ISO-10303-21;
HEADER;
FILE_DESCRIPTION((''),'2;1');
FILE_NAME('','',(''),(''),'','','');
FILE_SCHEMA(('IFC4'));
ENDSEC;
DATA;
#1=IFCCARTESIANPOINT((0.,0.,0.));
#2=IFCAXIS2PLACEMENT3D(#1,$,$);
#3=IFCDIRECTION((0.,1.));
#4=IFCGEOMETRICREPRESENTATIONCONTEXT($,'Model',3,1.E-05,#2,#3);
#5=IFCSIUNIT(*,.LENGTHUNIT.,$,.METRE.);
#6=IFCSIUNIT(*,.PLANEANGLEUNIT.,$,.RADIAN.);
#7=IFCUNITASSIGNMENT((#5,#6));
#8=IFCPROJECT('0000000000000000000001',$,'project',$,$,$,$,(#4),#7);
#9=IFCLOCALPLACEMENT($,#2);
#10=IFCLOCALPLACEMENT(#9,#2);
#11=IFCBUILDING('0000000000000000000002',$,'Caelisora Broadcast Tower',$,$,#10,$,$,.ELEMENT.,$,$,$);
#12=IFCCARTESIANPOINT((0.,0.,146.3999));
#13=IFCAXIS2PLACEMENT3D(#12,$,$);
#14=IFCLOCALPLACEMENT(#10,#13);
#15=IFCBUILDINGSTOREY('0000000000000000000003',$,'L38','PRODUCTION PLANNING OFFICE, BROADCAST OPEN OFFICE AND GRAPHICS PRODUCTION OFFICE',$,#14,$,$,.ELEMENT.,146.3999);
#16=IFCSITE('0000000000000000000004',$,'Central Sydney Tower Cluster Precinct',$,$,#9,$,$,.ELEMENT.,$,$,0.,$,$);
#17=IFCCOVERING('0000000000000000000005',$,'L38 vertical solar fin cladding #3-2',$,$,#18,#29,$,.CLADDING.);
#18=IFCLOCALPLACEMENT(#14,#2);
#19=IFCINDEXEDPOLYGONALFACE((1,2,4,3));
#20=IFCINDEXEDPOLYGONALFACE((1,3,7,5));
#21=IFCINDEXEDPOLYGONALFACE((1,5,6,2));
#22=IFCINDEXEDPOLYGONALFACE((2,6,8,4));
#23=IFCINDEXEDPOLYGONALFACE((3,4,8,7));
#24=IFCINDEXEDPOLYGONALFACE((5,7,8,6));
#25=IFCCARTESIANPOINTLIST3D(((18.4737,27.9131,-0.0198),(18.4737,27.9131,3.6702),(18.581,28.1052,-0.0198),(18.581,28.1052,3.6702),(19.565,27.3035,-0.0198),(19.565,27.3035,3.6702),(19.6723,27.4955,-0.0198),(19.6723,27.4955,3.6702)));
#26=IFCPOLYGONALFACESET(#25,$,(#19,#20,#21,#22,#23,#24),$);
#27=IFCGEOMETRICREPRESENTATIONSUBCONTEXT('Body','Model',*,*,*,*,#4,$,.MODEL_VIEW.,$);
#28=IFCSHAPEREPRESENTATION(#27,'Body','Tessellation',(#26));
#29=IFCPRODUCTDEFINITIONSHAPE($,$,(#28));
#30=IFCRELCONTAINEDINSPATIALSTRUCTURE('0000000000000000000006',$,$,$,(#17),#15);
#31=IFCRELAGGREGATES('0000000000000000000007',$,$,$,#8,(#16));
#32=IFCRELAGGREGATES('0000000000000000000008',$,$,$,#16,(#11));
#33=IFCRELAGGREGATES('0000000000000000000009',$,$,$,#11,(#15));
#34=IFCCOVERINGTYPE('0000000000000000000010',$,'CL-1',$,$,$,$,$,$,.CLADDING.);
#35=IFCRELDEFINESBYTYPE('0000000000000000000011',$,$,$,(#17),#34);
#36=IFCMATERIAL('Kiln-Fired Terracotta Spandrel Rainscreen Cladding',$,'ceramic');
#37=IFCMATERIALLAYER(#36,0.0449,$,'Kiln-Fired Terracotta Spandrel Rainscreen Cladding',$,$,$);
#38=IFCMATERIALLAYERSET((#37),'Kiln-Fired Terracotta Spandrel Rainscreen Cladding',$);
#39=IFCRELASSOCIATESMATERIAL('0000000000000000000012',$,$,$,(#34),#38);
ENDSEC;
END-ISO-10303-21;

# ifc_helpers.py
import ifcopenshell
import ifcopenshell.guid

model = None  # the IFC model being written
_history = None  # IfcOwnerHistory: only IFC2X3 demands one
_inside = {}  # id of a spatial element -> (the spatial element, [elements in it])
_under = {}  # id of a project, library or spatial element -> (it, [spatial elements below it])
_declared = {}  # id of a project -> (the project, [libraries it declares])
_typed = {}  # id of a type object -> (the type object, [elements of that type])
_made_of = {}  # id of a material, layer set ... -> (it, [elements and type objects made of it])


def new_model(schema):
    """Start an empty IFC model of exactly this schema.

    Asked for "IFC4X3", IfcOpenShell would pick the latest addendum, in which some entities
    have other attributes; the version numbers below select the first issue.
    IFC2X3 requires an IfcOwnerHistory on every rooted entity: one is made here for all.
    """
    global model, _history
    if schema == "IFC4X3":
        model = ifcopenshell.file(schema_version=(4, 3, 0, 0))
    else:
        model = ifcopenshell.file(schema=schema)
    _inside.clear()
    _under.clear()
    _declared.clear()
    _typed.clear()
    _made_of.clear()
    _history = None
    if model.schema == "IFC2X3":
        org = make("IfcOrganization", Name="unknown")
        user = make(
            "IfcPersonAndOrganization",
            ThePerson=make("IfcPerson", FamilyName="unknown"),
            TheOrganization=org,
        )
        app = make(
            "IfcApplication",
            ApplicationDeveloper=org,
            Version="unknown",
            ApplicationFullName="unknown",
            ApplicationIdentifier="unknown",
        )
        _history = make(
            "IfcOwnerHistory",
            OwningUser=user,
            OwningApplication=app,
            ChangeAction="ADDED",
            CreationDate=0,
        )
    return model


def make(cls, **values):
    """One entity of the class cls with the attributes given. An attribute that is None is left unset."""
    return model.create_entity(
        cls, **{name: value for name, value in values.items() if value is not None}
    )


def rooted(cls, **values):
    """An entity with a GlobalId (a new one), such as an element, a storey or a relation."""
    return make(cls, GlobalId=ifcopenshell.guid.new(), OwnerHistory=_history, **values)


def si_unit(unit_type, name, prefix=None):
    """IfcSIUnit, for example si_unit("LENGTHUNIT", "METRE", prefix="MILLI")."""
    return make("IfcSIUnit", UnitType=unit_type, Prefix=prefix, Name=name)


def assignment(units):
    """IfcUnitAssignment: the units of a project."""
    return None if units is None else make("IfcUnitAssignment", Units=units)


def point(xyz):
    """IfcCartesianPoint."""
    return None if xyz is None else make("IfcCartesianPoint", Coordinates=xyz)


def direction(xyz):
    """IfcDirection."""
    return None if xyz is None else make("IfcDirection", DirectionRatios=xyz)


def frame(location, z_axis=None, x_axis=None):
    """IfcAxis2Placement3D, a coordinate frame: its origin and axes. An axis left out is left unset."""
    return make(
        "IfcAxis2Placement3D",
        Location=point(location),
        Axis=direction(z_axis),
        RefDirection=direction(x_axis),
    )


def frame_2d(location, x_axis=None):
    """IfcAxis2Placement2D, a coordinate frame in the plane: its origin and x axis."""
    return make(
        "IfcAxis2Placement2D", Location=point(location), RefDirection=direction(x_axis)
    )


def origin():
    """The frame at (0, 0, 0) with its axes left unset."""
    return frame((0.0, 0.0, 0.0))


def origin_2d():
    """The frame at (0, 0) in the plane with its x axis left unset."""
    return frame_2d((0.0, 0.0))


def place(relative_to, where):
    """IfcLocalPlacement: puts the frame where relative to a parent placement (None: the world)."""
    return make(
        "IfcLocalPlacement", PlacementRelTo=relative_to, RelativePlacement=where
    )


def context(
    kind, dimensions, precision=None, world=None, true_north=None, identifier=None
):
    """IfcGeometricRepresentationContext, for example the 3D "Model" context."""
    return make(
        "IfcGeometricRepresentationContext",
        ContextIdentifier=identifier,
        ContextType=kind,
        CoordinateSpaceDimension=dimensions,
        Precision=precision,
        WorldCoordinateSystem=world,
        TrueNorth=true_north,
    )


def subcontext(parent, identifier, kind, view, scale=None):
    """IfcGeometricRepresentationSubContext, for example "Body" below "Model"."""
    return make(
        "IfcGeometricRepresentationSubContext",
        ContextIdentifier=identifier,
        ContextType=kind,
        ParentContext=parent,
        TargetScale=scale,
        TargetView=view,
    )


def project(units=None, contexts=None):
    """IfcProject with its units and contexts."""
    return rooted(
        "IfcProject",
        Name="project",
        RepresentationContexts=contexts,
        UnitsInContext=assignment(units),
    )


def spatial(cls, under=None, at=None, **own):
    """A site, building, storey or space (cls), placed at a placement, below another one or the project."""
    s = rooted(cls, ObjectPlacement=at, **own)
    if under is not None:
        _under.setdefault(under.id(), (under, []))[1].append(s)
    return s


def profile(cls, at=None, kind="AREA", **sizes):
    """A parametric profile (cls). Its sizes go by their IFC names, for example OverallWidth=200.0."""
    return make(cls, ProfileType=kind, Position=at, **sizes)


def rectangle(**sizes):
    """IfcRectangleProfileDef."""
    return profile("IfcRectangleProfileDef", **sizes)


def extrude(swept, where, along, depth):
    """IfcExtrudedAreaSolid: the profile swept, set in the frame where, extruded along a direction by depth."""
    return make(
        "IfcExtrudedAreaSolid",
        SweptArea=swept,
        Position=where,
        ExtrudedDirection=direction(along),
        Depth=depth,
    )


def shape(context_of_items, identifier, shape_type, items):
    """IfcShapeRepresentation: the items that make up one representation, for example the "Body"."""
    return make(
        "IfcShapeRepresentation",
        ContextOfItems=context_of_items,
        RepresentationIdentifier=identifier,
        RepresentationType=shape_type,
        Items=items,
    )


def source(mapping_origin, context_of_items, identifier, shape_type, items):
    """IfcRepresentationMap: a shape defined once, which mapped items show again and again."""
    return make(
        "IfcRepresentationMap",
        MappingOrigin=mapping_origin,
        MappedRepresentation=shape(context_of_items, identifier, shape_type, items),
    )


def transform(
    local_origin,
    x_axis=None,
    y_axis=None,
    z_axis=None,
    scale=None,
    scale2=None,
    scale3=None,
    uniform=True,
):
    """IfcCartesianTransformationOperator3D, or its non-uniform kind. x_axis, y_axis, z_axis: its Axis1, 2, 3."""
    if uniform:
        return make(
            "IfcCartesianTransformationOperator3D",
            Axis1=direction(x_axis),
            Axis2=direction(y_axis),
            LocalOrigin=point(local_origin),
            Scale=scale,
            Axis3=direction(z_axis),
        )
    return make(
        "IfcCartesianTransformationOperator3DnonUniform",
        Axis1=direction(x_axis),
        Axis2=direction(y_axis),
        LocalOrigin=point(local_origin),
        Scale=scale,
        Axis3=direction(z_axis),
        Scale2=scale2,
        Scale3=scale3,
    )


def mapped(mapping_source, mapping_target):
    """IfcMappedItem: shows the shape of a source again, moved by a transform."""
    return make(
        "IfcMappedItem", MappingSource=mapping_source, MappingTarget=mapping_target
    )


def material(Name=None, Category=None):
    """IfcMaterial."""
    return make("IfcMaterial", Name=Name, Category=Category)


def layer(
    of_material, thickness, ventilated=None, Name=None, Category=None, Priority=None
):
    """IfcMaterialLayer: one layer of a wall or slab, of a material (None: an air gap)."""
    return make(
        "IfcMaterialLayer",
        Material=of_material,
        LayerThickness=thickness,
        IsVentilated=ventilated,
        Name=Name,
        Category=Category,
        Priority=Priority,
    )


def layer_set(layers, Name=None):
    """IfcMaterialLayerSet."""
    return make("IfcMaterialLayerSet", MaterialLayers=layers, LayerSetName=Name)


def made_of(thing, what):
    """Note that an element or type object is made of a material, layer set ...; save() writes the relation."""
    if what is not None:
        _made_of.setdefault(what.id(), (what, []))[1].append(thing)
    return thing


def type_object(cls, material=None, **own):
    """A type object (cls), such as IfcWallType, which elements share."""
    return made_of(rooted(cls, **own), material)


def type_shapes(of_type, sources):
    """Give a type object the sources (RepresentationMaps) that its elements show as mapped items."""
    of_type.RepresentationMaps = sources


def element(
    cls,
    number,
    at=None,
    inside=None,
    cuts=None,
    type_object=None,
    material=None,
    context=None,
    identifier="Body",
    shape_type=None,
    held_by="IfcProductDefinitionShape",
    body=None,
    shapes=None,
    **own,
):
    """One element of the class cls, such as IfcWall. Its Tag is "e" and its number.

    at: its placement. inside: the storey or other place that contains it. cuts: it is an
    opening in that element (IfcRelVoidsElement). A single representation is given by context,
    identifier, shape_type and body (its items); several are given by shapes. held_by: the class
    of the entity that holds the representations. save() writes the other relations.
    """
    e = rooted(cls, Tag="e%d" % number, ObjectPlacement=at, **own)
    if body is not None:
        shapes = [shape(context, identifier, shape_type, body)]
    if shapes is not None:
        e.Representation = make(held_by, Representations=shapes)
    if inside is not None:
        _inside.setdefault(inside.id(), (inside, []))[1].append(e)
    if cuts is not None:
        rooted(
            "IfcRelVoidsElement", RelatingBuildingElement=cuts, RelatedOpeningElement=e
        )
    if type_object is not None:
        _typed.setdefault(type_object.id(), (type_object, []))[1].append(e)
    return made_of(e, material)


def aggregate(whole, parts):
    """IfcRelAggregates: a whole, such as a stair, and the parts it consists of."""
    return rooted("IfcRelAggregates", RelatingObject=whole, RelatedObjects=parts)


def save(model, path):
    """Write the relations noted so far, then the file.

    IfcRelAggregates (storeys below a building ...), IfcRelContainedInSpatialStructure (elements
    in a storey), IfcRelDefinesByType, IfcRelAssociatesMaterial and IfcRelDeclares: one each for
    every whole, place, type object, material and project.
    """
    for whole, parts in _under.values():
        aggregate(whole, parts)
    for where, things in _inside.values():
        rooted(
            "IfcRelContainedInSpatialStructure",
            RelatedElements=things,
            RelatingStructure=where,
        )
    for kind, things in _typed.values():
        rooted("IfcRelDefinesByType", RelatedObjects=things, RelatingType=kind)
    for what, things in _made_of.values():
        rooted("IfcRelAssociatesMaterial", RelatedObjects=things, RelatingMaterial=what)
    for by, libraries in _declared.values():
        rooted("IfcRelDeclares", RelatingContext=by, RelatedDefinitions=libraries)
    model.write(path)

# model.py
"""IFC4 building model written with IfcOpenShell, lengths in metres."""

from ifc_helpers import new_model, si_unit, direction, frame, origin, origin_2d, place, context, subcontext, project, spatial, rectangle, extrude, source, transform, mapped, material, layer, layer_set, type_object, type_shapes, element, save


model = new_model("IFC4")

# Units and contexts
model_context = context("Model", 3, precision=1e-05, world=origin(), true_north=direction((0.0, 1.0)))
body_context = subcontext(model_context, "Body", "Model", "MODEL_VIEW")
ifc_project = project(units=[si_unit("LENGTHUNIT", "METRE"), si_unit("PLANEANGLEUNIT", "RADIAN")], contexts=[model_context])

# Site, building, storey
site_placement = place(None, origin())
site = spatial("IfcSite", under=ifc_project, at=site_placement, Name="Central Sydney Tower Cluster Precinct", CompositionType="ELEMENT", RefElevation=0.0)
building_placement = place(site_placement, origin())
building = spatial("IfcBuilding", under=site, at=building_placement, Name="Caelisora Broadcast Tower", CompositionType="ELEMENT")
storey_placement = place(building_placement, frame((0.0, 0.0, 146.3999)))
storey = spatial("IfcBuildingStorey", under=building, at=storey_placement, Name="L38", Description="PRODUCTION PLANNING OFFICE, BROADCAST OPEN OFFICE AND GRAPHICS PRODUCTION OFFICE", CompositionType="ELEMENT", Elevation=146.3999)

# Covering
ifc_material_1 = material(Name="Kiln-Fired Terracotta Spandrel Rainscreen Cladding", Category="ceramic")
ifc_layer_1 = layer(ifc_material_1, 0.0449, Name="Kiln-Fired Terracotta Spandrel Rainscreen Cladding")
ifc_layer_set_1 = layer_set([ifc_layer_1], Name="Kiln-Fired Terracotta Spandrel Rainscreen Cladding")
covering_type = type_object("IfcCoveringType", Name="CL-1", PredefinedType="CLADDING", material=ifc_layer_set_1)
shared_shape_1 = source(origin(), body_context, "Body", "SweptSolid", [
    extrude(rectangle(XDim=0.22, YDim=1.25, at=origin_2d()), origin(), (0.0, 0.0, 1.0), 3.6899),
])
type_shapes(covering_type, [shared_shape_1])
covering_placement = place(storey_placement, frame((19.073, 27.7043, -0.0198), z_axis=(0.0, 0.0, 1.0), x_axis=(0.487707, 0.873007, 0.0)))
element("IfcCovering", 1, at=covering_placement, inside=storey, type_object=covering_type, Name="L38 vertical solar fin cladding #3-2", PredefinedType="CLADDING", context=body_context, shape_type="MappedRepresentation", body=[
    mapped(shared_shape_1, transform((0.0, 0.0, 0.0), scale=1.0)),
])

save(model, "model.ifc")
